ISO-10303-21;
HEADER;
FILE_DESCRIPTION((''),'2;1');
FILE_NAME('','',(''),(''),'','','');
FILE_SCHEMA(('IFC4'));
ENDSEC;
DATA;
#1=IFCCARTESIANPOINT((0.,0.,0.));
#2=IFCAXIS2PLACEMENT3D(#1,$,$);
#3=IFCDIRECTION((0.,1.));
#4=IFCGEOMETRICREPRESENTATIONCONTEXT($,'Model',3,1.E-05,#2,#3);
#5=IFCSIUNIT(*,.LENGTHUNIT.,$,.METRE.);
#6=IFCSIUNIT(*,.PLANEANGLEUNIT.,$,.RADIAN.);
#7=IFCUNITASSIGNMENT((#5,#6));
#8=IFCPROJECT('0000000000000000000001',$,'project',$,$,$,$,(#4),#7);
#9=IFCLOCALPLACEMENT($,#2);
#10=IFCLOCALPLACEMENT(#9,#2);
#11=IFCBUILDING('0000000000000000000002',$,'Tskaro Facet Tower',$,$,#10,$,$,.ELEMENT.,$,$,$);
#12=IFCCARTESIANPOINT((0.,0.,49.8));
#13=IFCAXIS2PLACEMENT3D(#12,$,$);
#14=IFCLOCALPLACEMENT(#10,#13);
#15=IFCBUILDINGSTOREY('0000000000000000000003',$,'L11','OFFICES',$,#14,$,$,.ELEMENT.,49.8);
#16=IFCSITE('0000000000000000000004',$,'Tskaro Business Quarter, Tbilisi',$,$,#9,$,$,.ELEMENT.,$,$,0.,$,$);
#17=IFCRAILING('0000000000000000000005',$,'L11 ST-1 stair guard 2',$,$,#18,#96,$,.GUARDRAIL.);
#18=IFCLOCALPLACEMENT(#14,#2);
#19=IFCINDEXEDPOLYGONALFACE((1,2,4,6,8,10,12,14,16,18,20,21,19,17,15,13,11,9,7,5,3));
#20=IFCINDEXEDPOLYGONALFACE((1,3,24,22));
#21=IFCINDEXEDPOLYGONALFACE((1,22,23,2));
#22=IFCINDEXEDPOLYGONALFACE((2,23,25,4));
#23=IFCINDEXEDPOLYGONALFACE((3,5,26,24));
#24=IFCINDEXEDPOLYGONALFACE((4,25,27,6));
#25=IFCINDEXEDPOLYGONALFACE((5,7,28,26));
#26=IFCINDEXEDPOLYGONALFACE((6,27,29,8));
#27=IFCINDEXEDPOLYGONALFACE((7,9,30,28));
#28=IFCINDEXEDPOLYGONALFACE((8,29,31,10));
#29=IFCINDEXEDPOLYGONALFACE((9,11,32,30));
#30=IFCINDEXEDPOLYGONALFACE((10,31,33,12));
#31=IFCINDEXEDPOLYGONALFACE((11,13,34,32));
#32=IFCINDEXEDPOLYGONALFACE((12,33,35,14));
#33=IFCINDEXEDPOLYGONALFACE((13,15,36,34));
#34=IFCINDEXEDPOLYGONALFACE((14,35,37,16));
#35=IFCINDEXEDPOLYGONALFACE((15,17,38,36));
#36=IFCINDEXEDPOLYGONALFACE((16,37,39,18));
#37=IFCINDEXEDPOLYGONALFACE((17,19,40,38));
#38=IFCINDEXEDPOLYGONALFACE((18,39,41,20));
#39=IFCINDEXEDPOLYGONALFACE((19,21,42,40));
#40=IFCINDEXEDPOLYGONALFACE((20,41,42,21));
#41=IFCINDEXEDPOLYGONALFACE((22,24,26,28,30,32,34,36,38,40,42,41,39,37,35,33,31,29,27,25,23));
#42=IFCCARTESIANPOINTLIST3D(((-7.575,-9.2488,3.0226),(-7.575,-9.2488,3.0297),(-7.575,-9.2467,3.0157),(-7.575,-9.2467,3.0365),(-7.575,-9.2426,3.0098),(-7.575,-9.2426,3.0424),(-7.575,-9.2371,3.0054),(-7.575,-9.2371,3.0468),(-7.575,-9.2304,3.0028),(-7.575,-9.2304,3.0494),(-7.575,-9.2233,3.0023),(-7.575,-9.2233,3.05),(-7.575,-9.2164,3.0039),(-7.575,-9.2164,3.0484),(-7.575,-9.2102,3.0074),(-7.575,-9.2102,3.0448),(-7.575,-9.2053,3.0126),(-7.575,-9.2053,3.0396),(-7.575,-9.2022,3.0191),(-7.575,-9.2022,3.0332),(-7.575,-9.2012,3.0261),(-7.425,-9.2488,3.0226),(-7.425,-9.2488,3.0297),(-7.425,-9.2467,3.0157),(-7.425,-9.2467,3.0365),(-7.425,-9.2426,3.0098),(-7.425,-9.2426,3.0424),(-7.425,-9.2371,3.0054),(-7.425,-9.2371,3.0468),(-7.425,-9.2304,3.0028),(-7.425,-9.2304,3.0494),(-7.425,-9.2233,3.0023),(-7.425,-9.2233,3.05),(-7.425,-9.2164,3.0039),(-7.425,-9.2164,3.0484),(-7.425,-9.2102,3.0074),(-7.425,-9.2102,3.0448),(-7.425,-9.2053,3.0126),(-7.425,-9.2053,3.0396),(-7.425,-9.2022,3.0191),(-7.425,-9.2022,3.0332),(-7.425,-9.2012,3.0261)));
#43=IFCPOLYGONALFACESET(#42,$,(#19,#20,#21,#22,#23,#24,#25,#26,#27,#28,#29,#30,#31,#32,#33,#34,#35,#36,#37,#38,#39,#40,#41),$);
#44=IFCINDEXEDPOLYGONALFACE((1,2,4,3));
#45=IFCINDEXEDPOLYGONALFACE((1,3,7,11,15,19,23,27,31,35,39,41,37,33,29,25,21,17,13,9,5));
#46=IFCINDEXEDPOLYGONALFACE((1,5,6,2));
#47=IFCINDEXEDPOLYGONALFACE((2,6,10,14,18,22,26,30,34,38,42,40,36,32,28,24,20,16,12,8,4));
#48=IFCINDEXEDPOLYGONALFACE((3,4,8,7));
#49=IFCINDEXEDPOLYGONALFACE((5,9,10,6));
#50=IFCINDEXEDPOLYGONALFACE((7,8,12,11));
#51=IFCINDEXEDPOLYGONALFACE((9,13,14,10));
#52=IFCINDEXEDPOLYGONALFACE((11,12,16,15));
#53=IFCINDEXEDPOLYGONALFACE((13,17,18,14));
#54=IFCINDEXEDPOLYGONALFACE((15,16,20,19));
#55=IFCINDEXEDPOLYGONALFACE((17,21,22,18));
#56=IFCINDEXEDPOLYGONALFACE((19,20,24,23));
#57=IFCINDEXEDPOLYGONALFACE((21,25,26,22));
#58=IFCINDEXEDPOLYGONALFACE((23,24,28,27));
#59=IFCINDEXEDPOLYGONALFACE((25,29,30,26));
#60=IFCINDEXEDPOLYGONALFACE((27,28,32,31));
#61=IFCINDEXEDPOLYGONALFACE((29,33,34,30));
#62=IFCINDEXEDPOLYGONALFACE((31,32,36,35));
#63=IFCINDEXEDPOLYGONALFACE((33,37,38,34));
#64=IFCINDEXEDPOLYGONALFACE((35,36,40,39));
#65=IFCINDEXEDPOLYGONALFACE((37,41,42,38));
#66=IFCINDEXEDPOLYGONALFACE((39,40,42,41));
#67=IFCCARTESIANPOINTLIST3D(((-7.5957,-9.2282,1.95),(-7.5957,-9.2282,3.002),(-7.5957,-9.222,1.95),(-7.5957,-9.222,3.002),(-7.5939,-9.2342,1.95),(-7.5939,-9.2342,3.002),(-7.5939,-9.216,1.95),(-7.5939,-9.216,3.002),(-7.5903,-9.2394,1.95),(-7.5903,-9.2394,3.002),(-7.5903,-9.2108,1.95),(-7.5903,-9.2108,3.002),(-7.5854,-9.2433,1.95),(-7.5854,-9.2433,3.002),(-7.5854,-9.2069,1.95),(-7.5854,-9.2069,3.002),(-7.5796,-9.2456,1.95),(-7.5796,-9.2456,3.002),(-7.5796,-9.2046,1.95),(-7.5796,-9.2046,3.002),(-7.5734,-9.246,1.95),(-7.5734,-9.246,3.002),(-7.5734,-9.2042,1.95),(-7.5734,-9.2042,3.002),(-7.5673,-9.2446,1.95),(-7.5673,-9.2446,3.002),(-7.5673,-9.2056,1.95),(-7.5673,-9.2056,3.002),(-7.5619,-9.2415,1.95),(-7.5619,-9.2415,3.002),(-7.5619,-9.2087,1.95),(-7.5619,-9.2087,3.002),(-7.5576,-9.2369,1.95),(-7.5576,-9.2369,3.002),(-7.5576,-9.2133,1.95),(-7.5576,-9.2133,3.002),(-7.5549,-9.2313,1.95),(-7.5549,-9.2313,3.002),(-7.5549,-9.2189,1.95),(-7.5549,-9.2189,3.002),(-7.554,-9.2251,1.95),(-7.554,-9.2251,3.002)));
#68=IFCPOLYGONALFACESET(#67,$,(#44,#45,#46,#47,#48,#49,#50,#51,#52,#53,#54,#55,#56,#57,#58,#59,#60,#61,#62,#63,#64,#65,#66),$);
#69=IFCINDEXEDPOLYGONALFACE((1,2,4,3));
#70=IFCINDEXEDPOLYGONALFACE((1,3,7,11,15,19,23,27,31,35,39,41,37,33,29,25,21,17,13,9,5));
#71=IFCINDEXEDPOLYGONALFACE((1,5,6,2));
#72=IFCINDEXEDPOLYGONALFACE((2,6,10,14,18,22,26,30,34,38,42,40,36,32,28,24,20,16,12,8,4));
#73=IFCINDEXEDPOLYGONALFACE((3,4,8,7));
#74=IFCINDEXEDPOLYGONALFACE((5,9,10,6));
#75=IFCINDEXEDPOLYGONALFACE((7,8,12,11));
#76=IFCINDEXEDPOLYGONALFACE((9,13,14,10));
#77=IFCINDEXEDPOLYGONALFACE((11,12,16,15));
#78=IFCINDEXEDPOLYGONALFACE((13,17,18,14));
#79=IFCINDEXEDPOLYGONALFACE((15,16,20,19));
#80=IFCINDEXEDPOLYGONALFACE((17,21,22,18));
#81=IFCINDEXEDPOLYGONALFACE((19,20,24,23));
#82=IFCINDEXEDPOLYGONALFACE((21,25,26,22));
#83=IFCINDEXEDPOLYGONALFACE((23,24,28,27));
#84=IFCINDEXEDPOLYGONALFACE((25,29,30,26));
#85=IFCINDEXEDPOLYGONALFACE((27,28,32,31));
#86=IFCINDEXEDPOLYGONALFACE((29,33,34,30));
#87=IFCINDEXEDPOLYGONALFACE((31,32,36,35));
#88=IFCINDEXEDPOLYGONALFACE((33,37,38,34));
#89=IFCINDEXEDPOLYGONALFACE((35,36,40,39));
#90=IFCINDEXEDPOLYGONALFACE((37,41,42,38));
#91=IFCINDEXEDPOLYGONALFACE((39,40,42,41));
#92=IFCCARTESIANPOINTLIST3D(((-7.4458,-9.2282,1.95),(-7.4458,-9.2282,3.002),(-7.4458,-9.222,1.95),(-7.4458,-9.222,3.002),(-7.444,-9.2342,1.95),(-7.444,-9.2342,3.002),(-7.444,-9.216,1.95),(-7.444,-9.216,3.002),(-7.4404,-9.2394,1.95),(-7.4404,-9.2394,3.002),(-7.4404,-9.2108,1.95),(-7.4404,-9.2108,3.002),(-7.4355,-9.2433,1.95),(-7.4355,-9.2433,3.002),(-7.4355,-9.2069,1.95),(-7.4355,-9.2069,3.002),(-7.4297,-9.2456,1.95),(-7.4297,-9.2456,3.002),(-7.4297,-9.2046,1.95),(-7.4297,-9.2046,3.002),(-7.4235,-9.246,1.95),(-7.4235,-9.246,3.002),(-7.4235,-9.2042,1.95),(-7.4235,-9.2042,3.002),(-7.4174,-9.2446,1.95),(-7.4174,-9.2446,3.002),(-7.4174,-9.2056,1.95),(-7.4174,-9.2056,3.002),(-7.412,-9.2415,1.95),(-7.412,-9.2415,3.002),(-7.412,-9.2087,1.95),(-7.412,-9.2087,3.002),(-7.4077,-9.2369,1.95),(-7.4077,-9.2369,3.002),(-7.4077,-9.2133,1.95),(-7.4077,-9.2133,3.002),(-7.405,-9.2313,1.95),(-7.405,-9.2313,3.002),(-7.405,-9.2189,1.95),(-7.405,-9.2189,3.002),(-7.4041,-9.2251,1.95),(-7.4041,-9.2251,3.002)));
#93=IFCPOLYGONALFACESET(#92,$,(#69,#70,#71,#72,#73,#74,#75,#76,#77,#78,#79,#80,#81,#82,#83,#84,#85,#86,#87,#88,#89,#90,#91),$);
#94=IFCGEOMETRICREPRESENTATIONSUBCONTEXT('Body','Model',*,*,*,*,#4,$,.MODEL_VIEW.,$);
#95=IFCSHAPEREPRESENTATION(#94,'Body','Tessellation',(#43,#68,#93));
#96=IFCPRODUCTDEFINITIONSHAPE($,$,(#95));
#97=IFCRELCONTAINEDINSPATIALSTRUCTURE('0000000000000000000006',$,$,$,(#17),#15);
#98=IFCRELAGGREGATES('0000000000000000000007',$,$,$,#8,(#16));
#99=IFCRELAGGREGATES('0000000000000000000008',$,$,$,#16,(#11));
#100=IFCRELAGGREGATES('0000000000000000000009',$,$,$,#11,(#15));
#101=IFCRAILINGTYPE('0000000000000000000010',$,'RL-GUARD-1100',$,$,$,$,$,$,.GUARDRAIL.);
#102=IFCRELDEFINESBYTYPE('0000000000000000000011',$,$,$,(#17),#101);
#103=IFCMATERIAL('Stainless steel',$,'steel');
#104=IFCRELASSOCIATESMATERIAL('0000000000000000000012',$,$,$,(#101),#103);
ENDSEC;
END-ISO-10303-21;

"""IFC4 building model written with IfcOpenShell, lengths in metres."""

from ifc_helpers import new_model, si_unit, direction, frame, origin, origin_2d, place, context, subcontext, project, spatial, circle, extrude, material, type_object, element, save


model = new_model("IFC4")

# Units and contexts
model_context = context("Model", 3, precision=1e-05, world=origin(), true_north=direction((0.0, 1.0)))
body_context = subcontext(model_context, "Body", "Model", "MODEL_VIEW")
ifc_project = project(units=[si_unit("LENGTHUNIT", "METRE"), si_unit("PLANEANGLEUNIT", "RADIAN")], contexts=[model_context])

# Site, building, storey
site_placement = place(None, origin())
site = spatial("IfcSite", under=ifc_project, at=site_placement, Name="Tskaro Business Quarter, Tbilisi", CompositionType="ELEMENT", RefElevation=0.0)
building_placement = place(site_placement, origin())
building = spatial("IfcBuilding", under=site, at=building_placement, Name="Tskaro Facet Tower", CompositionType="ELEMENT")
storey_placement = place(building_placement, frame((0.0, 0.0, 49.8)))
storey = spatial("IfcBuildingStorey", under=building, at=storey_placement, Name="L11", Description="OFFICES", CompositionType="ELEMENT", Elevation=49.8)

# Shared definitions
ifc_material_1 = material(Name="Stainless steel", Category="steel")

# Railing
railing_type_1 = type_object("IfcRailingType", Name="RL-GUARD-1100", PredefinedType="GUARDRAIL", material=ifc_material_1)
railing_1_placement = place(storey_placement, frame((-7.575, -9.2251, 1.95)))
element("IfcRailing", 1, at=railing_1_placement, inside=storey, type_object=railing_type_1, Name="L11 ST-1 stair guard 2", PredefinedType="GUARDRAIL", context=body_context, shape_type="SweptSolid", body=[
    extrude(circle(Radius=0.0239, at=origin_2d()), frame((0.0, 0.0, 1.0762), z_axis=(1.0, 0.0, 0.0), x_axis=(0.0, 1.0, 0.0)), (0.0, 0.0, 1.0), 0.1499),
    extrude(circle(Radius=0.021, at=origin_2d()), origin(), (0.0, 0.0, 1.0), 1.052),
    extrude(circle(Radius=0.021, at=origin_2d()), frame((0.1499, 0.0, 0.0)), (0.0, 0.0, 1.0), 1.052),
])

save(model, "model.ifc")
